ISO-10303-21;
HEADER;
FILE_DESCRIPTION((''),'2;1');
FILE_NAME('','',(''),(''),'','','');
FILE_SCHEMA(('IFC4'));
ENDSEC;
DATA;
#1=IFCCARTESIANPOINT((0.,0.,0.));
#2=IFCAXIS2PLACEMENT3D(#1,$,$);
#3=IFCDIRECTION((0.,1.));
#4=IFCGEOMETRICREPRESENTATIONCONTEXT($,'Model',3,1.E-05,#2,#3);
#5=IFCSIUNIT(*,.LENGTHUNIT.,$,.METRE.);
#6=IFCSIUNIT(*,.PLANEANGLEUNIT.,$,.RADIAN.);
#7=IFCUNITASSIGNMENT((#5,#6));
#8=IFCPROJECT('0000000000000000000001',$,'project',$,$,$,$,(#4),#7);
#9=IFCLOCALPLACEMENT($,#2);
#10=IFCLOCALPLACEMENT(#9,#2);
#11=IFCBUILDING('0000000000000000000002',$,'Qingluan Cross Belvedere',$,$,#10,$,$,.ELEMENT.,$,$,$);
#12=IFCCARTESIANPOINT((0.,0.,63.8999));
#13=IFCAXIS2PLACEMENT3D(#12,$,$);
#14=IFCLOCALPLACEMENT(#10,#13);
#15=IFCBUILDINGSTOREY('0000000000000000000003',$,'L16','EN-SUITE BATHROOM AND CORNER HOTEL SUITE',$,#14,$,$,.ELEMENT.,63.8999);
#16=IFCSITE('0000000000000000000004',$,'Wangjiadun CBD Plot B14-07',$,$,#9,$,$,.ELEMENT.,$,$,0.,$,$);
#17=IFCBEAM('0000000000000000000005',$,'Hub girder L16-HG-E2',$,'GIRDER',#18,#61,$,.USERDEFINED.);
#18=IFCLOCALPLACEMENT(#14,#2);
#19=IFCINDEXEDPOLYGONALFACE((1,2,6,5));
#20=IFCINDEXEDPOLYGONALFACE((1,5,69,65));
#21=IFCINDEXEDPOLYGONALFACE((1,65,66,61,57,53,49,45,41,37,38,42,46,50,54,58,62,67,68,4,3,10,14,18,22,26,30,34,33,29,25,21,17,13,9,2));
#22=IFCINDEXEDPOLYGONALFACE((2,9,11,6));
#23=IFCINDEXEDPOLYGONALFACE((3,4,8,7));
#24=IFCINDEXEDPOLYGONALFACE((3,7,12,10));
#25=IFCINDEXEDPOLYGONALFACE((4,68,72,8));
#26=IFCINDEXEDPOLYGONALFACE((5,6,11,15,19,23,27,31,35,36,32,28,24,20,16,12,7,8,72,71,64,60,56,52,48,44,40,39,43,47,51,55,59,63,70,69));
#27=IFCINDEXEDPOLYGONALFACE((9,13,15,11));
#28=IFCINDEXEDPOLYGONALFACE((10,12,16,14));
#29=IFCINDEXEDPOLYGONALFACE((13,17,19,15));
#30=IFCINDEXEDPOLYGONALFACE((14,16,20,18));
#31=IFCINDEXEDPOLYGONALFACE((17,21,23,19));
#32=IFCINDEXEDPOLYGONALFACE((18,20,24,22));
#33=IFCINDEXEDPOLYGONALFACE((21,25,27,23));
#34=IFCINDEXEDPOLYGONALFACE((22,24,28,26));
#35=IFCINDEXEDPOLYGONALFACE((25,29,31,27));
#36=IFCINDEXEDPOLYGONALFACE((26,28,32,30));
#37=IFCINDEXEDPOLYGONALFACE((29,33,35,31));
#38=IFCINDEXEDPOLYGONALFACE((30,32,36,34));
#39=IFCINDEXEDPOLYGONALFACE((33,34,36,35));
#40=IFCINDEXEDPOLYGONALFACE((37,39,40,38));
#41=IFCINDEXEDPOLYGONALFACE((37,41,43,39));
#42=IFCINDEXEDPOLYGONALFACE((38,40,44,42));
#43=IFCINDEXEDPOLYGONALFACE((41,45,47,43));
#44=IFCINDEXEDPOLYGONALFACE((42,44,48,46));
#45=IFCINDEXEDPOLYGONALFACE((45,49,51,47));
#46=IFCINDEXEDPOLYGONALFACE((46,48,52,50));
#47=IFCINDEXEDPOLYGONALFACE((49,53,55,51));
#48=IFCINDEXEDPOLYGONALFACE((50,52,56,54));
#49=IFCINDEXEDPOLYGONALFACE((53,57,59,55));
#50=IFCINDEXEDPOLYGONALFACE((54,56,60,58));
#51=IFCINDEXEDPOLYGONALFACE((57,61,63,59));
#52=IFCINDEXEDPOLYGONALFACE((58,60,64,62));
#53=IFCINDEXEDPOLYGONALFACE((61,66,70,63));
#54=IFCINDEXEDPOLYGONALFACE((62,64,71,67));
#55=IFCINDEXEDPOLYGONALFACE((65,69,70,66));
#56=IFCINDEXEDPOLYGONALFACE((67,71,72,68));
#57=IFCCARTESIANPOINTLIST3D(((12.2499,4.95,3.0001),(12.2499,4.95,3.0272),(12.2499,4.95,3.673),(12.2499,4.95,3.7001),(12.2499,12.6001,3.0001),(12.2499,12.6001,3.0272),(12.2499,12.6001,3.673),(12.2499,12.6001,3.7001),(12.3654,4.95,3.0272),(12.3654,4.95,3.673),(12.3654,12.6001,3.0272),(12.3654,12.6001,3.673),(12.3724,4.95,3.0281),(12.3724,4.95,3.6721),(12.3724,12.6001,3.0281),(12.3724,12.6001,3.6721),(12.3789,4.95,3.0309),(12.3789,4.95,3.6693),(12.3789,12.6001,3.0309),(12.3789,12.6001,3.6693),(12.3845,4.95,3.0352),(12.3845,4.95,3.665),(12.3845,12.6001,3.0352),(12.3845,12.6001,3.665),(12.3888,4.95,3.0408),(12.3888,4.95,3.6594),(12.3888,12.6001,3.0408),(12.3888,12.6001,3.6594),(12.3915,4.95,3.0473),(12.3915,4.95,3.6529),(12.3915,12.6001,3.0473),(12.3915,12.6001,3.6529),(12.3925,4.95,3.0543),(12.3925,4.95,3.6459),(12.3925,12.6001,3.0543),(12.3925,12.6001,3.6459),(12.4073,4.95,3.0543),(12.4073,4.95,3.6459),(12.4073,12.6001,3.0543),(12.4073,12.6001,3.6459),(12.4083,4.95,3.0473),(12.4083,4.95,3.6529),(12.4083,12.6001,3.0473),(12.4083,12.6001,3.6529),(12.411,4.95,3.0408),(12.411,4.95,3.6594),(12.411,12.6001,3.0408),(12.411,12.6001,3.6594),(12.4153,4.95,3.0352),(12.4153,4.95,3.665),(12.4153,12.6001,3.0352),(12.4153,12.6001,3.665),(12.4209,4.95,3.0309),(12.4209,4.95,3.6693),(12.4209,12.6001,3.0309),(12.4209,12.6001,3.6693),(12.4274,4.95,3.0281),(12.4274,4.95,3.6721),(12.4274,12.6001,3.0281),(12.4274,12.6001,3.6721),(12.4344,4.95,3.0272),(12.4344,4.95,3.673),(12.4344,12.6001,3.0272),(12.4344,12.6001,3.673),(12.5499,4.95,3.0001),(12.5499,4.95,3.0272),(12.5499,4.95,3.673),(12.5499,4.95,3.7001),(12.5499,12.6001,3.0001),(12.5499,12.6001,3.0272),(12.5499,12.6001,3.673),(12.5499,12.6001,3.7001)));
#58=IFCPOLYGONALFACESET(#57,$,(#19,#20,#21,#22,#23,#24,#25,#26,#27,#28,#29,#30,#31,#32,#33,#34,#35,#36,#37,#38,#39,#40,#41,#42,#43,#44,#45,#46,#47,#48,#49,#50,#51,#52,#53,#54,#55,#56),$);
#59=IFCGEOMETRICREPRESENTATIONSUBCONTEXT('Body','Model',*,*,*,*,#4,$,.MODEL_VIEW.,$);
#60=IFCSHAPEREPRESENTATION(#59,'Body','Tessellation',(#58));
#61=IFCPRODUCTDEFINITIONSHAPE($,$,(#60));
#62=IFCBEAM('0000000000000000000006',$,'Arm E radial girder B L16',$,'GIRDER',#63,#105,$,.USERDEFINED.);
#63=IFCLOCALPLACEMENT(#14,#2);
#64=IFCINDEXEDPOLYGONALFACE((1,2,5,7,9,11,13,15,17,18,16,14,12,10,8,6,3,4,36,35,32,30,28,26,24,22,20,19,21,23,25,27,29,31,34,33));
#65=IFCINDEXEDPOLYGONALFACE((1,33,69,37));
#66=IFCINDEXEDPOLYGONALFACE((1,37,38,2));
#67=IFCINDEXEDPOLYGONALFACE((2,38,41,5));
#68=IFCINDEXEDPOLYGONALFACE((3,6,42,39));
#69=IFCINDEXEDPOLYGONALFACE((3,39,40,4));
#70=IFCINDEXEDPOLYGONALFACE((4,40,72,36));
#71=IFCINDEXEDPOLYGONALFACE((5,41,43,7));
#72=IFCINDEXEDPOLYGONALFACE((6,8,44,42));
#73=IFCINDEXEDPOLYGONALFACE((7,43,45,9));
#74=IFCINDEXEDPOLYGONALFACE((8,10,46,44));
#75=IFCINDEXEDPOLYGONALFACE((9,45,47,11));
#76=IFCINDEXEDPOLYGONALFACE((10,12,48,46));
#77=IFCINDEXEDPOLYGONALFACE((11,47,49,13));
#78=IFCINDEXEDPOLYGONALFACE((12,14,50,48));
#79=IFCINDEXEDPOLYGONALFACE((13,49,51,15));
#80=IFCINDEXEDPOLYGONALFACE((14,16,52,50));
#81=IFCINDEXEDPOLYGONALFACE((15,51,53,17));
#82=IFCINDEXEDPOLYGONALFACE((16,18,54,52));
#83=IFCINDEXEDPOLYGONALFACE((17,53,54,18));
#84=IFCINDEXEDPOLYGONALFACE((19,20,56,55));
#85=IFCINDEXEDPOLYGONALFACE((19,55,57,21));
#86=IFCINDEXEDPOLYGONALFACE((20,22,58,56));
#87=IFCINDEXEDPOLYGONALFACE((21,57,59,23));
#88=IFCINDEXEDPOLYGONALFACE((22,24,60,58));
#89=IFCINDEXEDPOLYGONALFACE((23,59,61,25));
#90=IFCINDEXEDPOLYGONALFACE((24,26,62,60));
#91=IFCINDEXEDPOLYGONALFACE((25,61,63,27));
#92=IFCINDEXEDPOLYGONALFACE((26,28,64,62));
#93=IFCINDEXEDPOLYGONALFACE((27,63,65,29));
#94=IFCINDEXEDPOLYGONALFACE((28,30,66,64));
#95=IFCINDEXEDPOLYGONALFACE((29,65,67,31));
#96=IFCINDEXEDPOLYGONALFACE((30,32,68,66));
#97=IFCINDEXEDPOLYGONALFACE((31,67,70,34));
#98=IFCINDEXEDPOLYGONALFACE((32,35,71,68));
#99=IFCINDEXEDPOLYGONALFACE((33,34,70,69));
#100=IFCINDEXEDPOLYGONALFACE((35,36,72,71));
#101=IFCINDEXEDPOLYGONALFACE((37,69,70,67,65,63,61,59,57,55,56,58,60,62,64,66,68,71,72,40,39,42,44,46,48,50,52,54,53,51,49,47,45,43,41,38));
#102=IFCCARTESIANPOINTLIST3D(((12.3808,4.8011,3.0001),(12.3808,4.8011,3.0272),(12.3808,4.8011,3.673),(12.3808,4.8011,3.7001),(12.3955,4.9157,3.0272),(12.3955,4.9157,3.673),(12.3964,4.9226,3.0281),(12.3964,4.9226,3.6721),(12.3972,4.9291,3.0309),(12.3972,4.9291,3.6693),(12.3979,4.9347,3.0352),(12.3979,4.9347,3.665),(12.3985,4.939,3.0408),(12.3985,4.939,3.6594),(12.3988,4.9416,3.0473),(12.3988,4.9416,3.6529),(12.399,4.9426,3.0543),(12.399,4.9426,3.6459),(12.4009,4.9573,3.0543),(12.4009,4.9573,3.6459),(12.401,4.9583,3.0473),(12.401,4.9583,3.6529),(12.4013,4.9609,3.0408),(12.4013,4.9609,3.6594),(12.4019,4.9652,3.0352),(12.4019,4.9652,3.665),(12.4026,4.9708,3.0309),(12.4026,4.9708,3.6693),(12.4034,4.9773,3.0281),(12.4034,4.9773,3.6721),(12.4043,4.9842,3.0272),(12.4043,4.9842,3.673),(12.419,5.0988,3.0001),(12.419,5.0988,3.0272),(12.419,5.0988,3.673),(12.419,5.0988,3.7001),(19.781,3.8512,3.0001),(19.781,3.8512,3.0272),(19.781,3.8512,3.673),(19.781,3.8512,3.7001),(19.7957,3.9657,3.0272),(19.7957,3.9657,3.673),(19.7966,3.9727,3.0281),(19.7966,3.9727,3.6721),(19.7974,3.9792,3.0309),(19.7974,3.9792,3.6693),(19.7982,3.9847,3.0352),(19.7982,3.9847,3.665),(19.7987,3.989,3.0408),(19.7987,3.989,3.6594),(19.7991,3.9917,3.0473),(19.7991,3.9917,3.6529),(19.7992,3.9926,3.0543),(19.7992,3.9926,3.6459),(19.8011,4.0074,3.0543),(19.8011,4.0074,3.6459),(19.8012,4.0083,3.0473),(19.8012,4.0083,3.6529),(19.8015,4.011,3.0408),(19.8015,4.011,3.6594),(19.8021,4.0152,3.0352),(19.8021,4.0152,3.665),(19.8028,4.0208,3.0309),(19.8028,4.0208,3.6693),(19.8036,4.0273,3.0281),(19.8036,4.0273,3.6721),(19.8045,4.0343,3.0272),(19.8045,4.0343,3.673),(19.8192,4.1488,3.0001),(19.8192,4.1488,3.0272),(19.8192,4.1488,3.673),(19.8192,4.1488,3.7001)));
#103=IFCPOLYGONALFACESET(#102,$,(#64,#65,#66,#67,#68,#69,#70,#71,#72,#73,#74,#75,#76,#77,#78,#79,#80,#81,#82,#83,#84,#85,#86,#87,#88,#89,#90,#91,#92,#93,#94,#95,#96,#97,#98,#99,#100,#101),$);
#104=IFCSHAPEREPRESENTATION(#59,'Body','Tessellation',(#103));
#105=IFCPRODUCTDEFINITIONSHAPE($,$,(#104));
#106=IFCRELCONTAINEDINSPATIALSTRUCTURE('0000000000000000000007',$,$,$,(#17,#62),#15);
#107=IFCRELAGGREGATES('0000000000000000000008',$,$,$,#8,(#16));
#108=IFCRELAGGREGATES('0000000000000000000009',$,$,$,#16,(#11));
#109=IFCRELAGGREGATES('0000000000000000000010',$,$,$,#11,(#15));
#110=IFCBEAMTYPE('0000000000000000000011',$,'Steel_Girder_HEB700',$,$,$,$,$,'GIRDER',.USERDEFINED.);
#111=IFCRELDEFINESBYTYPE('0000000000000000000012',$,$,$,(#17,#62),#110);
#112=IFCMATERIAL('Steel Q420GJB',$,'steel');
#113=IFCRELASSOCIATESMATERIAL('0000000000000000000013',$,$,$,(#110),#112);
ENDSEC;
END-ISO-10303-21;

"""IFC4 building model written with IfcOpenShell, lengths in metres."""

from ifc_helpers import new_model, si_unit, direction, frame, origin, origin_2d, place, context, subcontext, project, spatial, i_section, extrude, material, material_profile, profile_set, type_object, element, save


model = new_model("IFC4")

# Units and contexts
model_context = context("Model", 3, precision=1e-05, world=origin(), true_north=direction((0.0, 1.0)))
body_context = subcontext(model_context, "Body", "Model", "MODEL_VIEW")
ifc_project = project(units=[si_unit("LENGTHUNIT", "METRE"), si_unit("PLANEANGLEUNIT", "RADIAN")], contexts=[model_context])

# Site, building, storey
site_placement = place(None, origin())
site = spatial("IfcSite", under=ifc_project, at=site_placement, Name="Wangjiadun CBD Plot B14-07", CompositionType="ELEMENT", RefElevation=0.0)
building_placement = place(site_placement, origin())
building = spatial("IfcBuilding", under=site, at=building_placement, Name="Qingluan Cross Belvedere", CompositionType="ELEMENT")
storey_placement = place(building_placement, frame((0.0, 0.0, 63.8999)))
storey = spatial("IfcBuildingStorey", under=building, at=storey_placement, Name="L16", Description="EN-SUITE BATHROOM AND CORNER HOTEL SUITE", CompositionType="ELEMENT", Elevation=63.8999)

# Beams
ifc_material_1 = material(Name="Steel Q420GJB", Category="steel")
ifc_material_profile = material_profile(ifc_material_1, i_section(OverallWidth=0.3, OverallDepth=0.7, WebThickness=0.0149, FlangeThickness=0.0271, FilletRadius=0.0271, at=origin_2d()), Name="HEB700")
ifc_profile_set = profile_set([ifc_material_profile], Name="Steel Q420GJB")
beam_type = type_object("IfcBeamType", Name="Steel_Girder_HEB700", ElementType="GIRDER", PredefinedType="USERDEFINED", material=ifc_profile_set)
beam_1_placement = place(storey_placement, frame((12.3999, 4.95, 3.3501), z_axis=(0.0, 1.0, 0.0), x_axis=(-1.0, 0.0, 0.0)))
element("IfcBeam", 1, at=beam_1_placement, inside=storey, type_object=beam_type, Name="Hub girder L16-HG-E2", ObjectType="GIRDER", PredefinedType="USERDEFINED", context=body_context, shape_type="SweptSolid", body=[
    extrude(i_section(OverallWidth=0.3, OverallDepth=0.7, WebThickness=0.0149, FlangeThickness=0.0271, FilletRadius=0.0271, at=origin_2d()), origin(), (0.0, 0.0, 1.0), 7.6501),
])
beam_2_placement = place(storey_placement, frame((12.3999, 4.95, 3.3501), z_axis=(0.991861, -0.127324, 0.0), x_axis=(0.127324, 0.991861, 0.0)))
element("IfcBeam", 2, at=beam_2_placement, inside=storey, type_object=beam_type, Name="Arm E radial girder B L16", ObjectType="GIRDER", PredefinedType="USERDEFINED", context=body_context, shape_type="SweptSolid", body=[
    extrude(i_section(OverallWidth=0.3, OverallDepth=0.7, WebThickness=0.0149, FlangeThickness=0.0271, FilletRadius=0.0271, at=origin_2d()), origin(), (0.0, 0.0, 1.0), 7.4609),
])

save(model, "model.ifc")
